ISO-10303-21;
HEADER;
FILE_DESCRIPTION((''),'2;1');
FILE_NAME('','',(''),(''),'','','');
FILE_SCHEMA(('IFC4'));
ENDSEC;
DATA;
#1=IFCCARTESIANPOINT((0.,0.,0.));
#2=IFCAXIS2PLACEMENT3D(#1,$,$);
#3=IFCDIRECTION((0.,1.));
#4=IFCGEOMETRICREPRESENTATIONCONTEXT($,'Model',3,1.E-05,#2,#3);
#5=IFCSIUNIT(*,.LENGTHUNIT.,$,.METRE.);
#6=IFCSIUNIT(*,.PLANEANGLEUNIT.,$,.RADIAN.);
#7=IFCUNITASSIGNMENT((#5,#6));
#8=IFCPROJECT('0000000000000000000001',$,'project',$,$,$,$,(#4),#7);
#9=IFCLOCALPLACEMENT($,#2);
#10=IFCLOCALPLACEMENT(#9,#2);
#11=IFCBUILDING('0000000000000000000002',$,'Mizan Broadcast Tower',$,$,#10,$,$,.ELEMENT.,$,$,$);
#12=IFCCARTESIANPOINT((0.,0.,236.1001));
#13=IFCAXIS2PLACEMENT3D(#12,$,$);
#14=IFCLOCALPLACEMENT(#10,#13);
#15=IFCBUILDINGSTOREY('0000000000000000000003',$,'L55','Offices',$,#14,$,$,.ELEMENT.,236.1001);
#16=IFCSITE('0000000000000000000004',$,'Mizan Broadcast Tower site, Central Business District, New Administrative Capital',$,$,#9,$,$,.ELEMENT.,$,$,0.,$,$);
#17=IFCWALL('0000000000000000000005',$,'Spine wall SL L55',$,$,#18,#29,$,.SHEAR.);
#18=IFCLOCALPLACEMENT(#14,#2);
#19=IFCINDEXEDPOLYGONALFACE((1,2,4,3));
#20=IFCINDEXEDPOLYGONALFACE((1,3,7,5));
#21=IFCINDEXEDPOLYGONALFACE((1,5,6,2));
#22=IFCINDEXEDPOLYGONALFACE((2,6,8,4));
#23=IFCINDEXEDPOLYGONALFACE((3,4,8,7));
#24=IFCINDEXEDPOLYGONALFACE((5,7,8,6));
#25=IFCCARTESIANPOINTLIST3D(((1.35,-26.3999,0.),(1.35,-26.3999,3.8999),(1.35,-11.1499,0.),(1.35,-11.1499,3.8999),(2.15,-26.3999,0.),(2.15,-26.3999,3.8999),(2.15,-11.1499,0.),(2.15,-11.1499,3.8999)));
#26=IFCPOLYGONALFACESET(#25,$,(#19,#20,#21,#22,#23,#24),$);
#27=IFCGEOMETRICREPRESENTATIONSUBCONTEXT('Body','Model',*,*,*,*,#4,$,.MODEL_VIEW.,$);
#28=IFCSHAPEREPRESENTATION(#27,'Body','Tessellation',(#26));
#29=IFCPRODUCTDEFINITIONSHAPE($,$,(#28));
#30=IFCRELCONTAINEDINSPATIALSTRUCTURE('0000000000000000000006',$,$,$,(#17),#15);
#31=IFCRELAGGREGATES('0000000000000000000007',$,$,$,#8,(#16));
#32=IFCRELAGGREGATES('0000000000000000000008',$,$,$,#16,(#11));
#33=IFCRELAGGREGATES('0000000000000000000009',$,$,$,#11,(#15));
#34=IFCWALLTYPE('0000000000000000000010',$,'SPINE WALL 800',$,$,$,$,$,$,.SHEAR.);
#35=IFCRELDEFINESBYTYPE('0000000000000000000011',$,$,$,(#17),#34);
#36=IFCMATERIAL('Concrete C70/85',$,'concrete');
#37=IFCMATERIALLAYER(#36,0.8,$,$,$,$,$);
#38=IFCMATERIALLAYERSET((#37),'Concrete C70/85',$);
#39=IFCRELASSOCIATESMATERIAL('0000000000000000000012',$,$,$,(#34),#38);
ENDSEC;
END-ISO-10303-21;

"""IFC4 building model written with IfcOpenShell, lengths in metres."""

from ifc_helpers import new_model, si_unit, direction, frame, frame_2d, origin, place, context, subcontext, project, spatial, rectangle, extrude, material, layer, layer_set, type_object, element, save


model = new_model("IFC4")

# Units and contexts
model_context = context("Model", 3, precision=1e-05, world=origin(), true_north=direction((0.0, 1.0)))
body_context = subcontext(model_context, "Body", "Model", "MODEL_VIEW")
ifc_project = project(units=[si_unit("LENGTHUNIT", "METRE"), si_unit("PLANEANGLEUNIT", "RADIAN")], contexts=[model_context])

# Site, building, storey
site_placement = place(None, origin())
site = spatial("IfcSite", under=ifc_project, at=site_placement, Name="Mizan Broadcast Tower site, Central Business District, New Administrative Capital", CompositionType="ELEMENT", RefElevation=0.0)
building_placement = place(site_placement, origin())
building = spatial("IfcBuilding", under=site, at=building_placement, Name="Mizan Broadcast Tower", CompositionType="ELEMENT")
storey_placement = place(building_placement, frame((0.0, 0.0, 236.1001)))
storey = spatial("IfcBuildingStorey", under=building, at=storey_placement, Name="L55", Description="Offices", CompositionType="ELEMENT", Elevation=236.1001)

# Wall
ifc_material_1 = material(Name="Concrete C70/85", Category="concrete")
ifc_layer_1 = layer(ifc_material_1, 0.8)
ifc_layer_set_1 = layer_set([ifc_layer_1], Name="Concrete C70/85")
wall_type_1 = type_object("IfcWallType", Name="SPINE WALL 800", PredefinedType="SHEAR", material=ifc_layer_set_1)
for number, where, z_axis, x_axis, name in (
    (1, (1.75, -11.1499, 0.0), (0.0, 0.0, 1.0), (0.0, -1.0, 0.0), "Spine wall SL L55"),
):
    element("IfcWall", number, at=place(storey_placement, frame(where, z_axis=z_axis, x_axis=x_axis)), inside=storey, type_object=wall_type_1, Name=name, PredefinedType="SHEAR", context=body_context, shape_type="SweptSolid", body=[
        extrude(rectangle(XDim=15.25, YDim=0.8, at=frame_2d((7.625, 0.0))), origin(), (0.0, 0.0, 1.0), 3.8999),
    ])

save(model, "model.ifc")
